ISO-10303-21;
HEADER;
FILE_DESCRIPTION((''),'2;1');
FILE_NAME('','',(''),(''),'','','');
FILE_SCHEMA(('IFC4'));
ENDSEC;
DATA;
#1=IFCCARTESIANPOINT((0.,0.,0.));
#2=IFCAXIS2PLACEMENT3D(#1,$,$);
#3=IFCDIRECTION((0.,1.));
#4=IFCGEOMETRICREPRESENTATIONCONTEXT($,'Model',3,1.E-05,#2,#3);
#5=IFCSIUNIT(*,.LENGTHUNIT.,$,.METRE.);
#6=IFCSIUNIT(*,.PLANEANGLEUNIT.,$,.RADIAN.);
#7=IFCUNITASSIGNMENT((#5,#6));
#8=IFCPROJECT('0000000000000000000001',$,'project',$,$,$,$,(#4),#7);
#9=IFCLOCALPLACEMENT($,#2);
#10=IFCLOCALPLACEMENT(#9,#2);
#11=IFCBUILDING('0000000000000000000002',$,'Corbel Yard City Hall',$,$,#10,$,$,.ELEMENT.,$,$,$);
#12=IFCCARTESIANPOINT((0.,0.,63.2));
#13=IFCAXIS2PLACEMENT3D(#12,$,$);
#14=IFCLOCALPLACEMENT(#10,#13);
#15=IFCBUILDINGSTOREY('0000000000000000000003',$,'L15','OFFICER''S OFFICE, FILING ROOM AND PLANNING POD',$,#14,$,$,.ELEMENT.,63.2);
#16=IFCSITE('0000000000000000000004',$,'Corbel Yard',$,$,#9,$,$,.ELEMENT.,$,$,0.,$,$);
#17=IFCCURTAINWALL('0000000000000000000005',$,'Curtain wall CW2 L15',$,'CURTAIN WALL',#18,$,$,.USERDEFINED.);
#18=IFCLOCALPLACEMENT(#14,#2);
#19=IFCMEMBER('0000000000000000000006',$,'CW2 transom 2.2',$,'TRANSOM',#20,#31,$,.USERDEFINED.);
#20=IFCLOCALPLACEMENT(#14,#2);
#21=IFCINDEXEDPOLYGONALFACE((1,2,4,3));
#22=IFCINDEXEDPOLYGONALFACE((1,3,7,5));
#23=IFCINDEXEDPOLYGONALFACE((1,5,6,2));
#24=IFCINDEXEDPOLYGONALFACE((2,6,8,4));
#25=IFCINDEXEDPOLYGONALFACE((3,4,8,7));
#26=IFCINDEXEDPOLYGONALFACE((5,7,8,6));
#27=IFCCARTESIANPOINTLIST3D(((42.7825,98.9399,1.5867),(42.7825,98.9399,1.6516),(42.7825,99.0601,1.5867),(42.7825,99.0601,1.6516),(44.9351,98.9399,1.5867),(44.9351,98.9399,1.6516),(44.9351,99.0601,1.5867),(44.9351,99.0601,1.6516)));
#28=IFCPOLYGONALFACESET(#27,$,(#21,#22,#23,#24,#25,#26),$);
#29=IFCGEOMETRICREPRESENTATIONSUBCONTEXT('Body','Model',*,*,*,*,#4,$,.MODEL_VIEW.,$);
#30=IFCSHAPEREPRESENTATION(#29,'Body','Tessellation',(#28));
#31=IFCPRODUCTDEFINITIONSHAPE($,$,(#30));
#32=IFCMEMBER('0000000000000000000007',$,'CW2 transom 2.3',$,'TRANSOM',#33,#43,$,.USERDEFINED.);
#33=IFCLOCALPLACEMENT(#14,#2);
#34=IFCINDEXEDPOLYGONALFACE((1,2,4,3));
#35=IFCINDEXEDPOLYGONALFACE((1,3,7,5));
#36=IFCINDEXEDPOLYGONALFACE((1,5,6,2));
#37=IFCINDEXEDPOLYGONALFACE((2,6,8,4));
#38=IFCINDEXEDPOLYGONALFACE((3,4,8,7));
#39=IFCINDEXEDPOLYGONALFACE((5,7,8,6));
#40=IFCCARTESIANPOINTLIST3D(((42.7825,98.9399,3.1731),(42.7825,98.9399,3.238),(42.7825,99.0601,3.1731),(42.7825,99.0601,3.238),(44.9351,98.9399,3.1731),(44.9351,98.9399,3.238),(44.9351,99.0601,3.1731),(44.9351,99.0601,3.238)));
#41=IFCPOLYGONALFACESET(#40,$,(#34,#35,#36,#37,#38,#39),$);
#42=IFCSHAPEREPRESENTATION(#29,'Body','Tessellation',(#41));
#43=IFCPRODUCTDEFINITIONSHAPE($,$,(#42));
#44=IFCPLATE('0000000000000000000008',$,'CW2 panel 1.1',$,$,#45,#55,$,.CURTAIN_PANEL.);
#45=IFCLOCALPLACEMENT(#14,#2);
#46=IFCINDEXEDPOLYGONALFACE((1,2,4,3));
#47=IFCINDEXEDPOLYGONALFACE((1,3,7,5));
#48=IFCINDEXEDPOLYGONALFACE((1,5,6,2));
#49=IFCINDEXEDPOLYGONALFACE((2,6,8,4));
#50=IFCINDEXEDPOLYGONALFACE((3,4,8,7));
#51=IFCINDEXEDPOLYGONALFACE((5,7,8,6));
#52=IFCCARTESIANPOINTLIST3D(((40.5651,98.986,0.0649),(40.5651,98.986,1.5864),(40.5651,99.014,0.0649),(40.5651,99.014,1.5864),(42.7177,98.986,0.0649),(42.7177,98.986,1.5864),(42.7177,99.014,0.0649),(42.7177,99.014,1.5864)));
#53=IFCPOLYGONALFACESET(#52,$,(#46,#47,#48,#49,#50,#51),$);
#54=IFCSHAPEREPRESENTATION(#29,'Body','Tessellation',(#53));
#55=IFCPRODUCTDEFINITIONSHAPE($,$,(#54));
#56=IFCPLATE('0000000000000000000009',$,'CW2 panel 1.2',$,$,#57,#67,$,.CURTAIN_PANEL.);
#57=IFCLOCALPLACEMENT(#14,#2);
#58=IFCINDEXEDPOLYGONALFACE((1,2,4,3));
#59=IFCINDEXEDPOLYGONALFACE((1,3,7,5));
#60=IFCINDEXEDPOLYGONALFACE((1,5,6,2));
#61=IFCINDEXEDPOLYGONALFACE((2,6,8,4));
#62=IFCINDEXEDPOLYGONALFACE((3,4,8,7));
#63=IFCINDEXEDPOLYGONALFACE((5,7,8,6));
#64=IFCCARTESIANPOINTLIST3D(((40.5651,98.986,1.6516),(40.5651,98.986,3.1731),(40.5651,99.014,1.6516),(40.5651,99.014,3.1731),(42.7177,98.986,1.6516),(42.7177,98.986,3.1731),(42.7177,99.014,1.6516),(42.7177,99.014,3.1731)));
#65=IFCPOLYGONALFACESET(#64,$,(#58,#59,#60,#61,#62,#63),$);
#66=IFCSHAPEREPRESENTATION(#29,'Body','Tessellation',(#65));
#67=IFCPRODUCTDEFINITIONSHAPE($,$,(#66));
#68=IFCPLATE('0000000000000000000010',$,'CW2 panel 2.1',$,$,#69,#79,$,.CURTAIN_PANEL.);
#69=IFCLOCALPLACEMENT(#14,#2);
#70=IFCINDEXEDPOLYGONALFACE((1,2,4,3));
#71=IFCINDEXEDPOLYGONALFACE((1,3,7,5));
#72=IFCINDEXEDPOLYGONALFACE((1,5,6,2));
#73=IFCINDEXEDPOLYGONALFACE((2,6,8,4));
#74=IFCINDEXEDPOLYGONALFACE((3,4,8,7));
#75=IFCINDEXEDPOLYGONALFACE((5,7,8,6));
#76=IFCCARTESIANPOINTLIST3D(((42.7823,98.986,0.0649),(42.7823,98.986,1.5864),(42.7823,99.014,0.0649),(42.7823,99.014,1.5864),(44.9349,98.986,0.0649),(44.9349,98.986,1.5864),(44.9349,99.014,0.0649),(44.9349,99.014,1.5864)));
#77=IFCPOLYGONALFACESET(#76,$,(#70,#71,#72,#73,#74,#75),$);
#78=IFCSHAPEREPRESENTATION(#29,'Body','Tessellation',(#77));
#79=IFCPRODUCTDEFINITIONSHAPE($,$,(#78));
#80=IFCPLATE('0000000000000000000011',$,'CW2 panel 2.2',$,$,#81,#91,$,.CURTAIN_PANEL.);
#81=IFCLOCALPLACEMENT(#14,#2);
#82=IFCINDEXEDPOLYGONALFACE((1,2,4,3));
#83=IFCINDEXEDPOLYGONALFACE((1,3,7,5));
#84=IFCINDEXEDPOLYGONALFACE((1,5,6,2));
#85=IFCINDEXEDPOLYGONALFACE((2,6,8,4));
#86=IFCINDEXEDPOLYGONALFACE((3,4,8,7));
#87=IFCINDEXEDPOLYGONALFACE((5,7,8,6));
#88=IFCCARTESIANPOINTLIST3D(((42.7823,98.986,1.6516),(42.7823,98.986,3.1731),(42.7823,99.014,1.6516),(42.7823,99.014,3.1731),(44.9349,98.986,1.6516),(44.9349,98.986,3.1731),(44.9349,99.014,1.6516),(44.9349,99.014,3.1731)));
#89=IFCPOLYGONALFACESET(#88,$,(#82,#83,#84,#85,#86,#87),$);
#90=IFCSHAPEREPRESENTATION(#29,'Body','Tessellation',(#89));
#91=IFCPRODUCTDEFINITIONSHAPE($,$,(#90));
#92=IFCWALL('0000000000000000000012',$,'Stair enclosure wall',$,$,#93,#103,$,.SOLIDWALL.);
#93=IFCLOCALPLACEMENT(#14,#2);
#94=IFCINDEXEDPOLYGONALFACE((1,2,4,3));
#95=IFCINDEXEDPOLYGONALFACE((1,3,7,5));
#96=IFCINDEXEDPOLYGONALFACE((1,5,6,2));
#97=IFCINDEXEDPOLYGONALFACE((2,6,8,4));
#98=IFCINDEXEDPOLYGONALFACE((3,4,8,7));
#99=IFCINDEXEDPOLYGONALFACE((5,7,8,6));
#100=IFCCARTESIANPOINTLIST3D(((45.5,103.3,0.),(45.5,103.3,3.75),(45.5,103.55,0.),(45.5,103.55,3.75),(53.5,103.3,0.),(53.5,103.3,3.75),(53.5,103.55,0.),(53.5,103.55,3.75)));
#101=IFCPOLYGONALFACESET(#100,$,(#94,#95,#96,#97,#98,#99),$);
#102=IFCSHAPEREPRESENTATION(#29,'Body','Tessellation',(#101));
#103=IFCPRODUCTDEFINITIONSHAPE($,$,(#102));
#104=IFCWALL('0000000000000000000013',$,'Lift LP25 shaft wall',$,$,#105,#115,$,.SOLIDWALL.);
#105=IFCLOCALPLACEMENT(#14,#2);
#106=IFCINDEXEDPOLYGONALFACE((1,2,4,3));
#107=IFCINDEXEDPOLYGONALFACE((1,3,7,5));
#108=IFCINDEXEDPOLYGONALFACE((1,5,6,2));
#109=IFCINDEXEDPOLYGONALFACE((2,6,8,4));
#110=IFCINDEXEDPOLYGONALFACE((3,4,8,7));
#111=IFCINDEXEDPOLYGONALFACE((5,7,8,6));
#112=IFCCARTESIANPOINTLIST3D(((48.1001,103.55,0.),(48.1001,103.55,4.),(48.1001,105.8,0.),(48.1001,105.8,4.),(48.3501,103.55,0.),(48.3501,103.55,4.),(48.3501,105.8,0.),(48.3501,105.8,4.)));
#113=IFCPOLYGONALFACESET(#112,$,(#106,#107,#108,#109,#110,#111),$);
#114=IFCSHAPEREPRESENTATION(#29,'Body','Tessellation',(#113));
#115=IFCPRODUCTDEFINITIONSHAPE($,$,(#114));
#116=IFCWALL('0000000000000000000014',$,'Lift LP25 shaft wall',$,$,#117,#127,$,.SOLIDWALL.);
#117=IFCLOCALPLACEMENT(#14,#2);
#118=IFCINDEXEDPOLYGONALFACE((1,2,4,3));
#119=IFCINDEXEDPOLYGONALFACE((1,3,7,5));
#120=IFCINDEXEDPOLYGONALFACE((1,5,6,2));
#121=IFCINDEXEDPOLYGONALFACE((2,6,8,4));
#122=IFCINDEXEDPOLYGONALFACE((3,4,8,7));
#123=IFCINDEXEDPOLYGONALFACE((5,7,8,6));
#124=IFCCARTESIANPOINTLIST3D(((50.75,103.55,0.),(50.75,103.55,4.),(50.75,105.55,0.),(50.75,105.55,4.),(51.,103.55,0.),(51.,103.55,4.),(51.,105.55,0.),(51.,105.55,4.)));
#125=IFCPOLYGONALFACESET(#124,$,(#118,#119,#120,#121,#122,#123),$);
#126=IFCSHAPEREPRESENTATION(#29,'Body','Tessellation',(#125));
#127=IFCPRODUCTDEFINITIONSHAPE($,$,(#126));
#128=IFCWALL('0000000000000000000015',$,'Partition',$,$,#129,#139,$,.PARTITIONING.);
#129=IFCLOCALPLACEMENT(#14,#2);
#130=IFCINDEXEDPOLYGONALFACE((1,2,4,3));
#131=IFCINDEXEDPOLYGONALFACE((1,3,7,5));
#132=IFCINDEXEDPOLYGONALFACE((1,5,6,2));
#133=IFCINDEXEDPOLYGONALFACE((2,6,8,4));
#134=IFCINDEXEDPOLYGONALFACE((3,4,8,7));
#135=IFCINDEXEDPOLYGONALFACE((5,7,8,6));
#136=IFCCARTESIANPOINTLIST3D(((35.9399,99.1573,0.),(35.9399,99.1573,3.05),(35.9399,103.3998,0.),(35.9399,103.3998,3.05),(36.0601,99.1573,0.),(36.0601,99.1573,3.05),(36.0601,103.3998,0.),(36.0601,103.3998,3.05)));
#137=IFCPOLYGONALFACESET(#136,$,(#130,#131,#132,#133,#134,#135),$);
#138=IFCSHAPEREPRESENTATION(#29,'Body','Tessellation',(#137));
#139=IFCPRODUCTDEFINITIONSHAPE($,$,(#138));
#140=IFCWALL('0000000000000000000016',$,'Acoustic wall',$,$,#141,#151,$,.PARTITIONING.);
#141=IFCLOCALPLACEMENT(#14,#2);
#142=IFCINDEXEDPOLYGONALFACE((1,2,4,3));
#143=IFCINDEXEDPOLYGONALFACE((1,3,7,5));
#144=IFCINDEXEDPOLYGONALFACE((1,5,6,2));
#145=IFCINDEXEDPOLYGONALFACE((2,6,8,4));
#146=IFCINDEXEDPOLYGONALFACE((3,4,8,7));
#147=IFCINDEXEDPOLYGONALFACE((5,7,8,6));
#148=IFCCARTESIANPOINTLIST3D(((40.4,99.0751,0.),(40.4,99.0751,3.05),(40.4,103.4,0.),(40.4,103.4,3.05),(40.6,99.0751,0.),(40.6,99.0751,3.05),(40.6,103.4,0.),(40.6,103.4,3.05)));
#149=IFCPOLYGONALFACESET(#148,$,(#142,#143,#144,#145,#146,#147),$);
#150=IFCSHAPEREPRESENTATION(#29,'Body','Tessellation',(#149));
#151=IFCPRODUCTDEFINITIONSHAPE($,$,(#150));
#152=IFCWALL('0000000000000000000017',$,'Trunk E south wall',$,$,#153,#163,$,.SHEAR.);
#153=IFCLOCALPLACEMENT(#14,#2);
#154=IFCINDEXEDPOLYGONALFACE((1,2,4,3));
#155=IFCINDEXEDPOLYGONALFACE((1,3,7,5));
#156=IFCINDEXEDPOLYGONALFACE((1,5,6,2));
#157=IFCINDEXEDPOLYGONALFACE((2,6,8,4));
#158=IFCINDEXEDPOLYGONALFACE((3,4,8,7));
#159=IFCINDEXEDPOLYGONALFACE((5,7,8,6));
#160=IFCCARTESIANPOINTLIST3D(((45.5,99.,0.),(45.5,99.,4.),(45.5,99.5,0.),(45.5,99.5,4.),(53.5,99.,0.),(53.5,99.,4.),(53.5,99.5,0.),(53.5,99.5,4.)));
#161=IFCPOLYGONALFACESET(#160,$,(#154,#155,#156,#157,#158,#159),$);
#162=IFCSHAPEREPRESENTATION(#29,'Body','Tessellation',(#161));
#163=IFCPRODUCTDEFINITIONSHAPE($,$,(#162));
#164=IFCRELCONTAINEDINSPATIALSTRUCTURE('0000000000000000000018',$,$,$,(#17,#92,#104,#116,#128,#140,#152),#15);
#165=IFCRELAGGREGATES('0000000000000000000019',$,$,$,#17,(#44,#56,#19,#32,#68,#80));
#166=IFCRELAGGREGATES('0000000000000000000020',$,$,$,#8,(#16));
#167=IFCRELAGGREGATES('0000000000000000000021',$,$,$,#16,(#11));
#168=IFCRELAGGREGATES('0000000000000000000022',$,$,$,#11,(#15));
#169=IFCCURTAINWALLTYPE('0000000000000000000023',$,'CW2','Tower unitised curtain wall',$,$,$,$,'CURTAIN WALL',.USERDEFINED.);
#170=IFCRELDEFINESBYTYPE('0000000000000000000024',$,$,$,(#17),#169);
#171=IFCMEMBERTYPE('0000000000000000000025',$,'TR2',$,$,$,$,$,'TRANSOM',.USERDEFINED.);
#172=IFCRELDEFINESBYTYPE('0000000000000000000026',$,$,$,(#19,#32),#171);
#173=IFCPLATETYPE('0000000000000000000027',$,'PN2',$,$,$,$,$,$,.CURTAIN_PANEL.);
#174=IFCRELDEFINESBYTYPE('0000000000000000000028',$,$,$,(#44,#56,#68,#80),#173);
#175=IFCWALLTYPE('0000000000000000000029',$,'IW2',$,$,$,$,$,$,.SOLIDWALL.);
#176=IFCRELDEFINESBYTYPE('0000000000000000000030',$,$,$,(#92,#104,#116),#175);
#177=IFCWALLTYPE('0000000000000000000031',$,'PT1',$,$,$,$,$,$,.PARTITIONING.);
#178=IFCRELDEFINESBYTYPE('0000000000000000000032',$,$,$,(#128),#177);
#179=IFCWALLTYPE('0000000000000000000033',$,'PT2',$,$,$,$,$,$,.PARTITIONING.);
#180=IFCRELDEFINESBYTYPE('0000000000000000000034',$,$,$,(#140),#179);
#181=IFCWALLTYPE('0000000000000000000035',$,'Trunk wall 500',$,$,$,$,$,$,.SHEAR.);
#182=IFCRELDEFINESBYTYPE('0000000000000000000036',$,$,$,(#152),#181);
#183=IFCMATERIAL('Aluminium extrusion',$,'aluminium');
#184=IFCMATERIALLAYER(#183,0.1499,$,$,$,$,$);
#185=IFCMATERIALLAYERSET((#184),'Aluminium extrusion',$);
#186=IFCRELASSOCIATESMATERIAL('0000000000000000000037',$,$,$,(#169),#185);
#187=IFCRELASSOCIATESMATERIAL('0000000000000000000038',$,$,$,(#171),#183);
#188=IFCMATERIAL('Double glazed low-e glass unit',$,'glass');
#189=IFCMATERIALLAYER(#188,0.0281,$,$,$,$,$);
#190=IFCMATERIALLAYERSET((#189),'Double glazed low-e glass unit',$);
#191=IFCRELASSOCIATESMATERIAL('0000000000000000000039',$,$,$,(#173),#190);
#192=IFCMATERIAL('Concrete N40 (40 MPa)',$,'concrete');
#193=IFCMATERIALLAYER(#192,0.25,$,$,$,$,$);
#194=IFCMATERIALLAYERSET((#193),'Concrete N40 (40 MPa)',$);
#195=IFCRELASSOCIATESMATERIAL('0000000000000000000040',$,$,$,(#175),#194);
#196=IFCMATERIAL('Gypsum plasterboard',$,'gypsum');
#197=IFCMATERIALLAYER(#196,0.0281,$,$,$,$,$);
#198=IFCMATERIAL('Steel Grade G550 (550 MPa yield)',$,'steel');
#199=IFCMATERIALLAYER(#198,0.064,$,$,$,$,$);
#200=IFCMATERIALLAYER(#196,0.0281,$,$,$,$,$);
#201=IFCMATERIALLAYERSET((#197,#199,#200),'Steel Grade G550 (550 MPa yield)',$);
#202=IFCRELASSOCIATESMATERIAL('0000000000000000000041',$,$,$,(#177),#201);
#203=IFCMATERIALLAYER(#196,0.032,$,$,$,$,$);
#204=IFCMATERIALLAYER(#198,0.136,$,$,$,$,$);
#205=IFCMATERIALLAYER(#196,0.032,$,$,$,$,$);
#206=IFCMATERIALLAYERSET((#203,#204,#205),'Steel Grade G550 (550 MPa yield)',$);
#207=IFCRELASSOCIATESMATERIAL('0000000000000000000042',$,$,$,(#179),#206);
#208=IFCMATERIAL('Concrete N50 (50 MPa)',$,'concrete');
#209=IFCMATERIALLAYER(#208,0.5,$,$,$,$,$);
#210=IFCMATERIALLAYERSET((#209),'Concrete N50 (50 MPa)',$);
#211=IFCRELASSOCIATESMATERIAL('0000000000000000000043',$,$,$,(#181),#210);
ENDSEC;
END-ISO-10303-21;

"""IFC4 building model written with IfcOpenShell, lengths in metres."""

from ifc_helpers import new_model, si_unit, direction, frame, frame_2d, origin, origin_2d, place, context, subcontext, project, spatial, rectangle, extrude, material, layer, layer_set, material_profile, profile_set, type_object, element, aggregate, save


model = new_model("IFC4")

# Units and contexts
model_context = context("Model", 3, precision=1e-05, world=origin(), true_north=direction((0.0, 1.0)))
body_context = subcontext(model_context, "Body", "Model", "MODEL_VIEW")
ifc_project = project(units=[si_unit("LENGTHUNIT", "METRE"), si_unit("PLANEANGLEUNIT", "RADIAN")], contexts=[model_context])

# Site, building, storey
site_placement = place(None, origin())
site = spatial("IfcSite", under=ifc_project, at=site_placement, Name="Corbel Yard", CompositionType="ELEMENT", RefElevation=0.0)
building_placement = place(site_placement, origin())
building = spatial("IfcBuilding", under=site, at=building_placement, Name="Corbel Yard City Hall", CompositionType="ELEMENT")
storey_placement = place(building_placement, frame((0.0, 0.0, 63.2)))
storey = spatial("IfcBuildingStorey", under=building, at=storey_placement, Name="L15", Description="OFFICER'S OFFICE, FILING ROOM AND PLANNING POD", CompositionType="ELEMENT", Elevation=63.2)

# Curtain wall, members, plates
ifc_material_1 = material(Name="Aluminium extrusion", Category="aluminium")
ifc_layer_1 = layer(ifc_material_1, 0.1499)
ifc_layer_set_1 = layer_set([ifc_layer_1], Name="Aluminium extrusion")
curtain_wall_type = type_object("IfcCurtainWallType", Name="CW2", Description="Tower unitised curtain wall", ElementType="CURTAIN WALL", PredefinedType="USERDEFINED", material=ifc_layer_set_1)
curtain_wall_placement = place(storey_placement, origin())
curtain_wall = element("IfcCurtainWall", 1, at=curtain_wall_placement, inside=storey, type_object=curtain_wall_type, Name="Curtain wall CW2 L15", ObjectType="CURTAIN WALL", PredefinedType="USERDEFINED")
ifc_material_profile_1 = material_profile(ifc_material_1, rectangle(XDim=0.1201, YDim=0.0649, at=origin_2d()), Name="120x65")
ifc_profile_set_1 = profile_set([ifc_material_profile_1], Name="Aluminium extrusion")
member_type_1 = type_object("IfcMemberType", Name="TR2", ElementType="TRANSOM", PredefinedType="USERDEFINED", material=ifc_profile_set_1)
member_1_placement = place(storey_placement, frame((42.7825, 99.0, 1.6191), z_axis=(1.0, 0.0, 0.0), x_axis=(0.0, 1.0, 0.0)))
member_1 = element("IfcMember", 2, at=member_1_placement, type_object=member_type_1, Name="CW2 transom 2.2", ObjectType="TRANSOM", PredefinedType="USERDEFINED", context=body_context, shape_type="SweptSolid", body=[
    extrude(rectangle(XDim=0.1201, YDim=0.0649, at=origin_2d()), origin(), (0.0, 0.0, 1.0), 2.1526),
])
member_2_placement = place(storey_placement, frame((42.7825, 99.0, 3.2056), z_axis=(1.0, 0.0, 0.0), x_axis=(0.0, 1.0, 0.0)))
member_2 = element("IfcMember", 3, at=member_2_placement, type_object=member_type_1, Name="CW2 transom 2.3", ObjectType="TRANSOM", PredefinedType="USERDEFINED", context=body_context, shape_type="SweptSolid", body=[
    extrude(rectangle(XDim=0.1201, YDim=0.0649, at=origin_2d()), origin(), (0.0, 0.0, 1.0), 2.1526),
])
ifc_material_2 = material(Name="Double glazed low-e glass unit", Category="glass")
ifc_layer_2 = layer(ifc_material_2, 0.0281)
ifc_layer_set_2 = layer_set([ifc_layer_2], Name="Double glazed low-e glass unit")
plate_type = type_object("IfcPlateType", Name="PN2", PredefinedType="CURTAIN_PANEL", material=ifc_layer_set_2)
plate_1_placement = place(storey_placement, frame((41.6414, 99.0, 0.0649), z_axis=(0.0, 0.0, 1.0), x_axis=(1.0, 0.0, 0.0)))
plate_1 = element("IfcPlate", 4, at=plate_1_placement, type_object=plate_type, Name="CW2 panel 1.1", PredefinedType="CURTAIN_PANEL", context=body_context, shape_type="SweptSolid", body=[
    extrude(rectangle(XDim=2.1526, YDim=0.0281, at=origin_2d()), origin(), (0.0, 0.0, 1.0), 1.5215),
])
plate_2_placement = place(storey_placement, frame((41.6414, 99.0, 1.6516), z_axis=(0.0, 0.0, 1.0), x_axis=(1.0, 0.0, 0.0)))
plate_2 = element("IfcPlate", 5, at=plate_2_placement, type_object=plate_type, Name="CW2 panel 1.2", PredefinedType="CURTAIN_PANEL", context=body_context, shape_type="SweptSolid", body=[
    extrude(rectangle(XDim=2.1526, YDim=0.0281, at=origin_2d()), origin(), (0.0, 0.0, 1.0), 1.5215),
])
plate_3_placement = place(storey_placement, frame((43.8586, 99.0, 0.0649), z_axis=(0.0, 0.0, 1.0), x_axis=(1.0, 0.0, 0.0)))
plate_3 = element("IfcPlate", 6, at=plate_3_placement, type_object=plate_type, Name="CW2 panel 2.1", PredefinedType="CURTAIN_PANEL", context=body_context, shape_type="SweptSolid", body=[
    extrude(rectangle(XDim=2.1526, YDim=0.0281, at=origin_2d()), origin(), (0.0, 0.0, 1.0), 1.5215),
])
plate_4_placement = place(storey_placement, frame((43.8586, 99.0, 1.6516), z_axis=(0.0, 0.0, 1.0), x_axis=(1.0, 0.0, 0.0)))
plate_4 = element("IfcPlate", 7, at=plate_4_placement, type_object=plate_type, Name="CW2 panel 2.2", PredefinedType="CURTAIN_PANEL", context=body_context, shape_type="SweptSolid", body=[
    extrude(rectangle(XDim=2.1526, YDim=0.0281, at=origin_2d()), origin(), (0.0, 0.0, 1.0), 1.5215),
])
aggregate(curtain_wall, [plate_1, plate_2, member_1, member_2, plate_3, plate_4])

# Walls
ifc_material_3 = material(Name="Concrete N40 (40 MPa)", Category="concrete")
ifc_layer_3 = layer(ifc_material_3, 0.25)
ifc_layer_set_3 = layer_set([ifc_layer_3], Name="Concrete N40 (40 MPa)")
wall_type_1 = type_object("IfcWallType", Name="IW2", PredefinedType="SOLIDWALL", material=ifc_layer_set_3)
wall_1_placement = place(storey_placement, frame((45.5, 103.425, 0.0), z_axis=(0.0, 0.0, 1.0), x_axis=(1.0, 0.0, 0.0)))
element("IfcWall", 8, at=wall_1_placement, inside=storey, type_object=wall_type_1, Name="Stair enclosure wall", PredefinedType="SOLIDWALL", context=body_context, shape_type="SweptSolid", body=[
    extrude(rectangle(XDim=8.0, YDim=0.25, at=frame_2d((4.0, 0.0))), origin(), (0.0, 0.0, 1.0), 3.75),
])
wall_2_placement = place(storey_placement, frame((48.2251, 103.55, 0.0), z_axis=(0.0, 0.0, 1.0), x_axis=(0.0, 1.0, 0.0)))
element("IfcWall", 9, at=wall_2_placement, inside=storey, type_object=wall_type_1, Name="Lift LP25 shaft wall", PredefinedType="SOLIDWALL", context=body_context, shape_type="SweptSolid", body=[
    extrude(rectangle(XDim=2.25, YDim=0.25, at=frame_2d((1.125, 0.0))), origin(), (0.0, 0.0, 1.0), 4.0),
])
wall_3_placement = place(storey_placement, frame((50.875, 103.55, 0.0), z_axis=(0.0, 0.0, 1.0), x_axis=(0.0, 1.0, 0.0)))
element("IfcWall", 10, at=wall_3_placement, inside=storey, type_object=wall_type_1, Name="Lift LP25 shaft wall", PredefinedType="SOLIDWALL", context=body_context, shape_type="SweptSolid", body=[
    extrude(rectangle(XDim=2.0, YDim=0.25, at=frame_2d((1.0, 0.0))), origin(), (0.0, 0.0, 1.0), 4.0),
])
ifc_material_4 = material(Name="Gypsum plasterboard", Category="gypsum")
ifc_layer_4 = layer(ifc_material_4, 0.0281)
ifc_material_5 = material(Name="Steel Grade G550 (550 MPa yield)", Category="steel")
ifc_layer_5 = layer(ifc_material_5, 0.064)
ifc_layer_6 = layer(ifc_material_4, 0.0281)
ifc_layer_set_4 = layer_set([ifc_layer_4, ifc_layer_5, ifc_layer_6], Name="Steel Grade G550 (550 MPa yield)")
wall_type_2 = type_object("IfcWallType", Name="PT1", PredefinedType="PARTITIONING", material=ifc_layer_set_4)
wall_4_placement = place(storey_placement, frame((36.0, 99.1575, 0.0), z_axis=(0.0, 0.0, 1.0), x_axis=(0.0, 1.0, 0.0)))
element("IfcWall", 11, at=wall_4_placement, inside=storey, type_object=wall_type_2, Name="Partition", PredefinedType="PARTITIONING", context=body_context, shape_type="SweptSolid", body=[
    extrude(rectangle(XDim=4.2424, YDim=0.1201, at=frame_2d((2.1211, 0.0))), origin(), (0.0, 0.0, 1.0), 3.05),
])
ifc_layer_7 = layer(ifc_material_4, 0.032)
ifc_layer_8 = layer(ifc_material_5, 0.136)
ifc_layer_9 = layer(ifc_material_4, 0.032)
ifc_layer_set_5 = layer_set([ifc_layer_7, ifc_layer_8, ifc_layer_9], Name="Steel Grade G550 (550 MPa yield)")
wall_type_3 = type_object("IfcWallType", Name="PT2", PredefinedType="PARTITIONING", material=ifc_layer_set_5)
wall_5_placement = place(storey_placement, frame((40.5, 99.075, 0.0), z_axis=(0.0, 0.0, 1.0), x_axis=(0.0, 1.0, 0.0)))
element("IfcWall", 12, at=wall_5_placement, inside=storey, type_object=wall_type_3, Name="Acoustic wall", PredefinedType="PARTITIONING", context=body_context, shape_type="SweptSolid", body=[
    extrude(rectangle(XDim=4.325, YDim=0.2, at=frame_2d((2.1626, 0.0))), origin(), (0.0, 0.0, 1.0), 3.05),
])
ifc_material_6 = material(Name="Concrete N50 (50 MPa)", Category="concrete")
ifc_layer_10 = layer(ifc_material_6, 0.5)
ifc_layer_set_6 = layer_set([ifc_layer_10], Name="Concrete N50 (50 MPa)")
wall_type_4 = type_object("IfcWallType", Name="Trunk wall 500", PredefinedType="SHEAR", material=ifc_layer_set_6)
wall_6_placement = place(storey_placement, frame((45.5, 99.25, 0.0), z_axis=(0.0, 0.0, 1.0), x_axis=(1.0, 0.0, 0.0)))
element("IfcWall", 13, at=wall_6_placement, inside=storey, type_object=wall_type_4, Name="Trunk E south wall", PredefinedType="SHEAR", context=body_context, shape_type="SweptSolid", body=[
    extrude(rectangle(XDim=8.0, YDim=0.5, at=frame_2d((4.0, 0.0))), origin(), (0.0, 0.0, 1.0), 4.0),
])

save(model, "model.ifc")
